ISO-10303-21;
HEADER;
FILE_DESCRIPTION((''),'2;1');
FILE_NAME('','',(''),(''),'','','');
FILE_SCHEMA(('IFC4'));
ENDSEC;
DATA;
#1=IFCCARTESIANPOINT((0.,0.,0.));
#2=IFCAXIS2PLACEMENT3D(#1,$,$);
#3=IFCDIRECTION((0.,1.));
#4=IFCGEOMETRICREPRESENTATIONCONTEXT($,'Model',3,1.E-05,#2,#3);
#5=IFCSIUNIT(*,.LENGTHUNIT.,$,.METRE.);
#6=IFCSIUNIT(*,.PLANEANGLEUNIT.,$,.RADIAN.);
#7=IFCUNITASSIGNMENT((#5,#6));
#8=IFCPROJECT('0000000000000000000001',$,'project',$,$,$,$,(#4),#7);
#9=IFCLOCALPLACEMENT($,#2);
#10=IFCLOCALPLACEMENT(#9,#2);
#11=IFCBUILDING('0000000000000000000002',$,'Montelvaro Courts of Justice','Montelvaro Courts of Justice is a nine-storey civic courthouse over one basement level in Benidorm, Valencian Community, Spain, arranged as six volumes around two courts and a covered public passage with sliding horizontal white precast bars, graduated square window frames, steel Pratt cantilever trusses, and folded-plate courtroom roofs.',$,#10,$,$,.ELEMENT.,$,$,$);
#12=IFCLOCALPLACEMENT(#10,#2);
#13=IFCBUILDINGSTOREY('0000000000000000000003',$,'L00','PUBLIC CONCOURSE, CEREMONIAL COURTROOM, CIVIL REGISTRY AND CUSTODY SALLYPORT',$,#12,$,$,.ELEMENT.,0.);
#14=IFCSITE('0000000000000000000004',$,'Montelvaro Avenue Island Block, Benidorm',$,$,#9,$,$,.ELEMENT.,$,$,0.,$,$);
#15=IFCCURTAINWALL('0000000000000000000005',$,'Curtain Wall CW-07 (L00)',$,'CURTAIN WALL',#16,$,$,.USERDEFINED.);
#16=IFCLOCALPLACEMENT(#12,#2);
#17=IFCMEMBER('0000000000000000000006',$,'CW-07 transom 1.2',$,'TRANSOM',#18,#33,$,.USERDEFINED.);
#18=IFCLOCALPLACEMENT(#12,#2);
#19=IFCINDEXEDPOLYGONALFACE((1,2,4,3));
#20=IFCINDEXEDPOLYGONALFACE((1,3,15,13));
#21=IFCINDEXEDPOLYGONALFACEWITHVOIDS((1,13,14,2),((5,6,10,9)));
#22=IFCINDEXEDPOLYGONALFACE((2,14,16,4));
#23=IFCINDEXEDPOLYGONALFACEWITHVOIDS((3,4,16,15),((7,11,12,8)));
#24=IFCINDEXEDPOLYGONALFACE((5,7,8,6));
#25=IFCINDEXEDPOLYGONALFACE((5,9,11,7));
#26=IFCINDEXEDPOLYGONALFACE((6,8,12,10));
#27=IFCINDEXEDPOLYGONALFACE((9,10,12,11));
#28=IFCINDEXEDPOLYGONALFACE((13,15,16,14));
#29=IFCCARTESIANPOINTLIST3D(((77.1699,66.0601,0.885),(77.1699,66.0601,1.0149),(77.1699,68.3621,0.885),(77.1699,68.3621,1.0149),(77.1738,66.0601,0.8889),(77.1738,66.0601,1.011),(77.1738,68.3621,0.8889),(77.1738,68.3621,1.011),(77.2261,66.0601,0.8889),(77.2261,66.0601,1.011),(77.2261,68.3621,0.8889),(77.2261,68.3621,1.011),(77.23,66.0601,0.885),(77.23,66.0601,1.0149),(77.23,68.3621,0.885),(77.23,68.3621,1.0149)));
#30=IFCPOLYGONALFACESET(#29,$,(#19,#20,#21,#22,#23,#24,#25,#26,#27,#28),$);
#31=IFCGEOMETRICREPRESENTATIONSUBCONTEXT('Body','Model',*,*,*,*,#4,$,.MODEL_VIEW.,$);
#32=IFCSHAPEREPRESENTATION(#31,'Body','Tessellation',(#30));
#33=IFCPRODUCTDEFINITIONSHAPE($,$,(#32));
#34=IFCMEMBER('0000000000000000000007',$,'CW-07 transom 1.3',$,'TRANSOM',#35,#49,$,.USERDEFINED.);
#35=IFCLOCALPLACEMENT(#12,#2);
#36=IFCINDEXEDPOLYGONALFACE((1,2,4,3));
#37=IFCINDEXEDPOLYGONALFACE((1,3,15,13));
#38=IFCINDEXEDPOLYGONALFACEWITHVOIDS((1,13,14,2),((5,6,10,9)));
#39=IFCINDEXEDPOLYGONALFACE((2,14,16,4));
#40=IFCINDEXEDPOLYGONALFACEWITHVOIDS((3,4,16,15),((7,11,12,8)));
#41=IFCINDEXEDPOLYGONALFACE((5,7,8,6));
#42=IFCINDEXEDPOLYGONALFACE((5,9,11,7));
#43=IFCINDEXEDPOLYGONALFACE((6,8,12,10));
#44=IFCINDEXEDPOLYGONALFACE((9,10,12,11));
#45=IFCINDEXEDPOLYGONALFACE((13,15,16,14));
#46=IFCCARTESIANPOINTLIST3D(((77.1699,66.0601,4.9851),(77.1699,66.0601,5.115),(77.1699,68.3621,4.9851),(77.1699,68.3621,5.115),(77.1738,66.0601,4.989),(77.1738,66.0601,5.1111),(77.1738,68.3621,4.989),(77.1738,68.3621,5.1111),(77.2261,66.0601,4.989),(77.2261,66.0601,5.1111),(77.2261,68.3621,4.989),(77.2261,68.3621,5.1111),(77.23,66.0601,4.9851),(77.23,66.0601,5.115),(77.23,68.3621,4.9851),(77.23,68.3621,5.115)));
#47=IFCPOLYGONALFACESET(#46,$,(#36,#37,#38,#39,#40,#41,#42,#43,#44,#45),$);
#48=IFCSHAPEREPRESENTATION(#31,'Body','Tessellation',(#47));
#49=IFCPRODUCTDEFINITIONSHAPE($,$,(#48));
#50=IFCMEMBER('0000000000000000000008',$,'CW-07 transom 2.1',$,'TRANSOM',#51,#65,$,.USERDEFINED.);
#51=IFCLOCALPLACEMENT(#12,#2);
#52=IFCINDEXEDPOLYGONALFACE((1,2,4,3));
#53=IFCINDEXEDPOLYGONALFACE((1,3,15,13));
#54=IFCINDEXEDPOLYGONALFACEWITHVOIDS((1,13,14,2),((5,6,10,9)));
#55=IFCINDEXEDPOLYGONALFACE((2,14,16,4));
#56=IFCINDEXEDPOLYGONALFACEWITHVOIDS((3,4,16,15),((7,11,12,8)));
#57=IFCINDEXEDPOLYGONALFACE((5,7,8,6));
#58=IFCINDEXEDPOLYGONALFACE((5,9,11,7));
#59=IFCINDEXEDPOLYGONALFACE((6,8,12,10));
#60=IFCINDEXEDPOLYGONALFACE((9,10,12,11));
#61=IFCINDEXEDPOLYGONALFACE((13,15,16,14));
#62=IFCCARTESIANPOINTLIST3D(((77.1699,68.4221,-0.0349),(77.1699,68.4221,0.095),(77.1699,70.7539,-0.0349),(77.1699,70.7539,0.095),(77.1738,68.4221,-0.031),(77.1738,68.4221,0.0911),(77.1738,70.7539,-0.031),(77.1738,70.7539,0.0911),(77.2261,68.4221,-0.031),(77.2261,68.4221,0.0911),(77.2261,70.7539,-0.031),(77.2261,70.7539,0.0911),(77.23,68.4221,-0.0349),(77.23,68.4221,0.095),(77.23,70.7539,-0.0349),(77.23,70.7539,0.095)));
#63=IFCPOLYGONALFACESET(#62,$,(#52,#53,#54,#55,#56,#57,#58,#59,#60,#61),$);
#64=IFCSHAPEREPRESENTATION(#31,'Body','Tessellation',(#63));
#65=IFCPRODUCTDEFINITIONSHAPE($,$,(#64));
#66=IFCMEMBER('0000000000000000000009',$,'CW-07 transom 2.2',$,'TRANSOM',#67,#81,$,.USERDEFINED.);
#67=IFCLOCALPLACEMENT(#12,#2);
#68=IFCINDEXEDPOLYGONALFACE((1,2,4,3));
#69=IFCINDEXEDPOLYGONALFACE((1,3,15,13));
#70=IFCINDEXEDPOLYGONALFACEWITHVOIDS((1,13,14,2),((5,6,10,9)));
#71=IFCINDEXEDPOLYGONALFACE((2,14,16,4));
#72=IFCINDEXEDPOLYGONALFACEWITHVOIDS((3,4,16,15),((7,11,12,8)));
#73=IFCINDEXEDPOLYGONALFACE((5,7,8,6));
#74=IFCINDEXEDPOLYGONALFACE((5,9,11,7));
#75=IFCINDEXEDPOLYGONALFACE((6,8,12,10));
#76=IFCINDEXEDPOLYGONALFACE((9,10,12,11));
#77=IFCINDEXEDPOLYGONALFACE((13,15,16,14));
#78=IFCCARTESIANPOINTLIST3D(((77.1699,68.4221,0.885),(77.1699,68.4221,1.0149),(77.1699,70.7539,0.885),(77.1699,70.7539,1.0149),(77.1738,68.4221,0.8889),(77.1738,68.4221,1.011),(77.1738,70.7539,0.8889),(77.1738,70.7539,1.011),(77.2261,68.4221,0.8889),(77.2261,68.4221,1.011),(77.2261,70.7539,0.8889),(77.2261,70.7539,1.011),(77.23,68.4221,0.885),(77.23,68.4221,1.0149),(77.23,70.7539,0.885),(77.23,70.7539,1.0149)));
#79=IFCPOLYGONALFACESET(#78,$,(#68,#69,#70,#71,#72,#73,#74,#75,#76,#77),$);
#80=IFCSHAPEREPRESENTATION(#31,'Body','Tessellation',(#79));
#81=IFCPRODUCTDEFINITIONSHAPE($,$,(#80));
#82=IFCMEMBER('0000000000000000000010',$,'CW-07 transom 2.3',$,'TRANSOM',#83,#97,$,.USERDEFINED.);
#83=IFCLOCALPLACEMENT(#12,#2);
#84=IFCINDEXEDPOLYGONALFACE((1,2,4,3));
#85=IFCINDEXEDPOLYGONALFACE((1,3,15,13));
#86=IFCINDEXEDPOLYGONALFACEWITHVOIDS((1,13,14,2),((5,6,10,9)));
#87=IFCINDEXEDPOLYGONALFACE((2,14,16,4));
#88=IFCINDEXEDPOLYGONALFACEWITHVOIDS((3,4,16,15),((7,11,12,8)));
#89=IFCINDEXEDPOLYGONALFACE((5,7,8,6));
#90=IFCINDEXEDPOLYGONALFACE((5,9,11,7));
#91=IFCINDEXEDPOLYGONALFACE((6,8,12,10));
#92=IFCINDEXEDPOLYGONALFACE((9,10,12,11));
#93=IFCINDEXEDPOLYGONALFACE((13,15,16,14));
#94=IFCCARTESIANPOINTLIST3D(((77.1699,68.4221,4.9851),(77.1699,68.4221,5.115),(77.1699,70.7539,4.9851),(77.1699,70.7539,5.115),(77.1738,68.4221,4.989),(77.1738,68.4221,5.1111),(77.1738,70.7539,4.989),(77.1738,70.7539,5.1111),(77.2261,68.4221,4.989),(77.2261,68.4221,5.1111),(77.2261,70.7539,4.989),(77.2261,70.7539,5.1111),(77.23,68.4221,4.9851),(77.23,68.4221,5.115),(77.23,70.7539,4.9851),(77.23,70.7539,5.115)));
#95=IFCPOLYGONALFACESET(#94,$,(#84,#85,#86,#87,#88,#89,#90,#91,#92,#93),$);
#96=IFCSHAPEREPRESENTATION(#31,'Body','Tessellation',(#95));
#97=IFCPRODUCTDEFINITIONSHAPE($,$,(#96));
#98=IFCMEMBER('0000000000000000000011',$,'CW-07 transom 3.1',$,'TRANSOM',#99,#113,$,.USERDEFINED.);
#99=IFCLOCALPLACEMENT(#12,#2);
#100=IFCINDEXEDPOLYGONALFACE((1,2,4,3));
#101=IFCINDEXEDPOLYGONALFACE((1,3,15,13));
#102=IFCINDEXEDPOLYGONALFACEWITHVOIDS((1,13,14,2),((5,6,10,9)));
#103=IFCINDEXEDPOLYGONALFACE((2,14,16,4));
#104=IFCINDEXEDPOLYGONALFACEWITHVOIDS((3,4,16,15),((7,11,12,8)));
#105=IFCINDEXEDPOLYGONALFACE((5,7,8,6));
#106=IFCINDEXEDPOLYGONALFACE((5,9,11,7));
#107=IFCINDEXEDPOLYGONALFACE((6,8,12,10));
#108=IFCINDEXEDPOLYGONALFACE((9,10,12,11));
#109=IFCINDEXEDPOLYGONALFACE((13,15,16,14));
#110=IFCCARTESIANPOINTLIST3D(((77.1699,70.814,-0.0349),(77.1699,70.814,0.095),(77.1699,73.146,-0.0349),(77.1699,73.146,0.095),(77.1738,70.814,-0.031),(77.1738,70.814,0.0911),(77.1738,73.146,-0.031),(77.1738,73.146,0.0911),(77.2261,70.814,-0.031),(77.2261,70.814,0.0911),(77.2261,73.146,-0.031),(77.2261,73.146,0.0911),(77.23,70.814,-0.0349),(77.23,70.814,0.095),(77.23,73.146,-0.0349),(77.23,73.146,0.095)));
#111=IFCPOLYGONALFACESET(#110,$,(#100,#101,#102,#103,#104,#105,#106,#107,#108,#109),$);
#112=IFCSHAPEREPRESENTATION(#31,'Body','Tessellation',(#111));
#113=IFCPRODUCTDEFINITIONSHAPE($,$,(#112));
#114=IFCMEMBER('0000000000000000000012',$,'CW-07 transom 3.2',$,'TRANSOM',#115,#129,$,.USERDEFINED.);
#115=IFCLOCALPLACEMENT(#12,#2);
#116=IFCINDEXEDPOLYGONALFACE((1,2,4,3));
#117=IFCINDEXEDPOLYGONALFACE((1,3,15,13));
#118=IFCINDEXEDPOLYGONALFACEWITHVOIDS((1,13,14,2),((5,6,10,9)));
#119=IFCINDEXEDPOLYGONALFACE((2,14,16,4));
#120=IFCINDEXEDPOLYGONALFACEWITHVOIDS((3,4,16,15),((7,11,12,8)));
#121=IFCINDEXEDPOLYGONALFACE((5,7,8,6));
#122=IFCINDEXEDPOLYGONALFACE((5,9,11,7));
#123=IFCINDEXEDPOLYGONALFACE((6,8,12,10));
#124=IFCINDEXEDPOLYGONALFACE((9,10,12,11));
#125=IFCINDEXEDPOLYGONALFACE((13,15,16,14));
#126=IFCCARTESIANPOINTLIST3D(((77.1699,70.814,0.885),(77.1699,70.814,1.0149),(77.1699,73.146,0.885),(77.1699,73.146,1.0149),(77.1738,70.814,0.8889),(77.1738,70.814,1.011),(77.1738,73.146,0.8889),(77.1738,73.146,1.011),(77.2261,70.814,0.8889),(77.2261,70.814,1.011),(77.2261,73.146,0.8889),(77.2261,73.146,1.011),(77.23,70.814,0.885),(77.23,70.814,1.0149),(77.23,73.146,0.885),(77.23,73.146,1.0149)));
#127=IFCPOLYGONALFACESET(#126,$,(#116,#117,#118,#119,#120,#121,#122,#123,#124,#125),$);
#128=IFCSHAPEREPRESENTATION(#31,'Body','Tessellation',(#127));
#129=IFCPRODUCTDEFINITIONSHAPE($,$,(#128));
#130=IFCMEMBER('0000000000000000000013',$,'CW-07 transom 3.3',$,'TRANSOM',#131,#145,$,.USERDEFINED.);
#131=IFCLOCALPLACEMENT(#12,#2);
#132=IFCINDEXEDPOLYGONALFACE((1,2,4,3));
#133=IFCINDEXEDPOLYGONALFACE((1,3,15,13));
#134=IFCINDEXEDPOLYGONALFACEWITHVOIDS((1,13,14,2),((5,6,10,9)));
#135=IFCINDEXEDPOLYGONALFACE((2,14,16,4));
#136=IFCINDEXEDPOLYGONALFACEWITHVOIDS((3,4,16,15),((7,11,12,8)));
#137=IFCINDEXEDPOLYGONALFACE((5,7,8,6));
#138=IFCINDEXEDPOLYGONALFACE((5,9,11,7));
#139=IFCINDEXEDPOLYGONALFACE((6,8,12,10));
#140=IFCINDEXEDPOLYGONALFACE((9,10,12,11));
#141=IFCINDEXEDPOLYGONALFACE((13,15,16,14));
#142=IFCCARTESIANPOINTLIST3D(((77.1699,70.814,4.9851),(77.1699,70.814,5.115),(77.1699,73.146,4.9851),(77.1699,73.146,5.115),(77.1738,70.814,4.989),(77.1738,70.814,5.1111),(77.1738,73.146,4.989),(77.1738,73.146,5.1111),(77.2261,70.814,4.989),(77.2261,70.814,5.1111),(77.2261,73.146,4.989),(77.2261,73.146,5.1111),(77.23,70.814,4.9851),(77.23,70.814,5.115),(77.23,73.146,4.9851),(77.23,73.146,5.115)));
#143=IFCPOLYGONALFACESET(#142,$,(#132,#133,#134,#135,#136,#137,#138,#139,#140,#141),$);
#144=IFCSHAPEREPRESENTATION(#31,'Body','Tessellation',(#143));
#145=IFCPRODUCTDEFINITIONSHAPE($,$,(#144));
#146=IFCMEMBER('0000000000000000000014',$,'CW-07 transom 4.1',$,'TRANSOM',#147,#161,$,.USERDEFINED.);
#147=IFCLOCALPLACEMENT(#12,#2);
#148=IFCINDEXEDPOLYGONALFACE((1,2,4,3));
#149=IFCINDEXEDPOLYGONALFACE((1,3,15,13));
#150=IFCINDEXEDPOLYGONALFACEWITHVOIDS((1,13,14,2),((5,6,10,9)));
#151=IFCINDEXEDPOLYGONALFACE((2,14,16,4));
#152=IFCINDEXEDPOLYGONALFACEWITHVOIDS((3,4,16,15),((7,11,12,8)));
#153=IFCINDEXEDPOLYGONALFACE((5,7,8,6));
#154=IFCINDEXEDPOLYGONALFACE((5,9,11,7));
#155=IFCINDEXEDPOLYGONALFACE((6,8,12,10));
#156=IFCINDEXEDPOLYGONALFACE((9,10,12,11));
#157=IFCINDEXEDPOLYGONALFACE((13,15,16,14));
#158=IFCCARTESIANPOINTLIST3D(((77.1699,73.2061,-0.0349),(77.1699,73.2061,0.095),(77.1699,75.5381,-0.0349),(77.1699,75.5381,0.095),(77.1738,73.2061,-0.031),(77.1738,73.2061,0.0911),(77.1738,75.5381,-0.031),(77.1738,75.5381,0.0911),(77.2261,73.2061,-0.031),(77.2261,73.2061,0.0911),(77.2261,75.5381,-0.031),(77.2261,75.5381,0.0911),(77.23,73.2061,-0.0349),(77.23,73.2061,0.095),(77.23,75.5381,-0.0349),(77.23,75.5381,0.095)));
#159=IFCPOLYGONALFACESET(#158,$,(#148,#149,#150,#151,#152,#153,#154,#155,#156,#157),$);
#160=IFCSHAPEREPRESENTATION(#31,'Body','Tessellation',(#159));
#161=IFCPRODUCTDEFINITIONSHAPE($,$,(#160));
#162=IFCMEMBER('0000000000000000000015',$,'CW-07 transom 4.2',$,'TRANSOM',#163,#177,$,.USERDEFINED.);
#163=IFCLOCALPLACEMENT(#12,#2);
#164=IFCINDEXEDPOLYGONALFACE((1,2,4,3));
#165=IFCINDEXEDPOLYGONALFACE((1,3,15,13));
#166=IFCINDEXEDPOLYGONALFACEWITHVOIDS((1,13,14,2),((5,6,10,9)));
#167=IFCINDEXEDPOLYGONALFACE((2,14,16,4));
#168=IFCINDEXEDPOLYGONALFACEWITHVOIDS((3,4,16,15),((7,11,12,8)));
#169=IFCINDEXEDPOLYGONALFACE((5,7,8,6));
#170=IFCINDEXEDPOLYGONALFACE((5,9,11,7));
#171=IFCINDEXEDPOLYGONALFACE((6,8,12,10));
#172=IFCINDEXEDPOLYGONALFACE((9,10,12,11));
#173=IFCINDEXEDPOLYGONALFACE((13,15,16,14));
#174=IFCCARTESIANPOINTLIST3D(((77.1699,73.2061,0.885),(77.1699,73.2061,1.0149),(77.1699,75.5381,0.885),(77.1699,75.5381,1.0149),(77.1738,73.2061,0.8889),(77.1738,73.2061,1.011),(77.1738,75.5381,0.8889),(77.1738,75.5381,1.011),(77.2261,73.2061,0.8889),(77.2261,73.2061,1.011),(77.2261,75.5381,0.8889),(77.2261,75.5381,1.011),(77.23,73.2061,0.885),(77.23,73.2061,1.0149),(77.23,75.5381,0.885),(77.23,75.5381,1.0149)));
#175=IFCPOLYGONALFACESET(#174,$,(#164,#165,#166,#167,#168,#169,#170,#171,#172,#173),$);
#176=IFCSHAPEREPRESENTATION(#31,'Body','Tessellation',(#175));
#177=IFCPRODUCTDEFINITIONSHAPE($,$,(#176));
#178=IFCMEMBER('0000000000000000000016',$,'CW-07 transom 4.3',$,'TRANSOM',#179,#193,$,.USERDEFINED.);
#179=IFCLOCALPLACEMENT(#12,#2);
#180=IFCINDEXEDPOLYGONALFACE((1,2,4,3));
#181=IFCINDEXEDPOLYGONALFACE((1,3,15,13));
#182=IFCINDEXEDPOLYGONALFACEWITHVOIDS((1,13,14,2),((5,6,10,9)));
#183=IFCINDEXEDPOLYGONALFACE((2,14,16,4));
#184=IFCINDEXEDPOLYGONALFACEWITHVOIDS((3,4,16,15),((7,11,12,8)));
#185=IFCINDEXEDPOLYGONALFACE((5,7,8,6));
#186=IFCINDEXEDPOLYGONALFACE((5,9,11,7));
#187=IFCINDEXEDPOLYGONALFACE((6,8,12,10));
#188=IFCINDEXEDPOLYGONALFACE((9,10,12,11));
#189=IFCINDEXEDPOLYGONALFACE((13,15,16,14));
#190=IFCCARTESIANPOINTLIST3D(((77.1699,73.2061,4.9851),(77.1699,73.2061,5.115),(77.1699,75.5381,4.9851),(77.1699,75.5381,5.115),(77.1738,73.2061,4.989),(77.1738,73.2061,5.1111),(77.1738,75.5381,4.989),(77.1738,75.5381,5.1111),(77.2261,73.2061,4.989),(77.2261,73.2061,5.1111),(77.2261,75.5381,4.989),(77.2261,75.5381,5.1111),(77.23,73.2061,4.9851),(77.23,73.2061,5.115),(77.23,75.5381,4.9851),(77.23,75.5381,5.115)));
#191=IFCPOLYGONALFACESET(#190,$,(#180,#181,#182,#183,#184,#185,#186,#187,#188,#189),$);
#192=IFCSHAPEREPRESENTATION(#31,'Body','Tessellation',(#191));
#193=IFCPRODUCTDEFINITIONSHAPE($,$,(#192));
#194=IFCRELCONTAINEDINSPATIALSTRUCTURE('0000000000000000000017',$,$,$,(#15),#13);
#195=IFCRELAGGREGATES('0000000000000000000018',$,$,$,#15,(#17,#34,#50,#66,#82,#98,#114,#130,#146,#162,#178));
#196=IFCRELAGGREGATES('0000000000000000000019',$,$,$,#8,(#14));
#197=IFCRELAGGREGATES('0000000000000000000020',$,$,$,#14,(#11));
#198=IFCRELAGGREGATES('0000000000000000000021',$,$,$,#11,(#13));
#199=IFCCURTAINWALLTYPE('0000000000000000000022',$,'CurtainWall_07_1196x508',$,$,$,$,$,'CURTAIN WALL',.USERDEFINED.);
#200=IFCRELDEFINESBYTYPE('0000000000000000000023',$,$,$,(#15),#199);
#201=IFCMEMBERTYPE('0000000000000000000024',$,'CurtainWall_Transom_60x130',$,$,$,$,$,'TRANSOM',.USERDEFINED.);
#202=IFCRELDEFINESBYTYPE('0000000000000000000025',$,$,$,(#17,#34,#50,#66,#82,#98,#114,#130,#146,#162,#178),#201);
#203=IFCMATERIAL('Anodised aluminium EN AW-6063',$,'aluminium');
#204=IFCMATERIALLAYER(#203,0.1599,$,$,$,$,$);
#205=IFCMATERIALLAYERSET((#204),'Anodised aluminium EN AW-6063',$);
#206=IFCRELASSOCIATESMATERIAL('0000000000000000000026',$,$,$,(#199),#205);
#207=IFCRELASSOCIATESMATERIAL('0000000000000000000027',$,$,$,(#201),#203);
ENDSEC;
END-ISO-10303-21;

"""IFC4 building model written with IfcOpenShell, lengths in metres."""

from ifc_helpers import new_model, si_unit, direction, frame, origin, origin_2d, place, context, subcontext, project, spatial, hollow_rectangle, extrude, material, layer, layer_set, material_profile, profile_set, type_object, element, aggregate, save


model = new_model("IFC4")

# Units and contexts
model_context = context("Model", 3, precision=1e-05, world=origin(), true_north=direction((0.0, 1.0)))
body_context = subcontext(model_context, "Body", "Model", "MODEL_VIEW")
ifc_project = project(units=[si_unit("LENGTHUNIT", "METRE"), si_unit("PLANEANGLEUNIT", "RADIAN")], contexts=[model_context])

# Site, building, storey
site_placement = place(None, origin())
site = spatial("IfcSite", under=ifc_project, at=site_placement, Name="Montelvaro Avenue Island Block, Benidorm", CompositionType="ELEMENT", RefElevation=0.0)
building_placement = place(site_placement, origin())
building = spatial("IfcBuilding", under=site, at=building_placement, Name="Montelvaro Courts of Justice", Description="Montelvaro Courts of Justice is a nine-storey civic courthouse over one basement level in Benidorm, Valencian Community, Spain, arranged as six volumes around two courts and a covered public passage with sliding horizontal white precast bars, graduated square window frames, steel Pratt cantilever trusses, and folded-plate courtroom roofs.", CompositionType="ELEMENT")
storey_placement = place(building_placement, origin())
storey = spatial("IfcBuildingStorey", under=building, at=storey_placement, Name="L00", Description="PUBLIC CONCOURSE, CEREMONIAL COURTROOM, CIVIL REGISTRY AND CUSTODY SALLYPORT", CompositionType="ELEMENT", Elevation=0.0)

# Shared definitions
ifc_material_1 = material(Name="Anodised aluminium EN AW-6063", Category="aluminium")

# Curtain wall
ifc_layer_1 = layer(ifc_material_1, 0.1599)
ifc_layer_set_1 = layer_set([ifc_layer_1], Name="Anodised aluminium EN AW-6063")
curtain_wall_type_1 = type_object("IfcCurtainWallType", Name="CurtainWall_07_1196x508", ElementType="CURTAIN WALL", PredefinedType="USERDEFINED", material=ifc_layer_set_1)
curtain_wall_1_placement = place(storey_placement, origin())
curtain_wall_1 = element("IfcCurtainWall", 1, at=curtain_wall_1_placement, inside=storey, type_object=curtain_wall_type_1, Name="Curtain Wall CW-07 (L00)", ObjectType="CURTAIN WALL", PredefinedType="USERDEFINED")

# Members
ifc_material_profile_1 = material_profile(ifc_material_1, hollow_rectangle(XDim=0.0601, YDim=0.1299, WallThickness=0.0039, at=origin_2d()), Name="ALU-T 60x130")
ifc_profile_set_1 = profile_set([ifc_material_profile_1], Name="Anodised aluminium EN AW-6063")
member_type_1 = type_object("IfcMemberType", Name="CurtainWall_Transom_60x130", ElementType="TRANSOM", PredefinedType="USERDEFINED", material=ifc_profile_set_1)
member_1_placement = place(storey_placement, frame((77.2, 66.0601, 0.95), z_axis=(0.0, 1.0, 0.0), x_axis=(-1.0, 0.0, 0.0)))
member_1 = element("IfcMember", 2, at=member_1_placement, type_object=member_type_1, Name="CW-07 transom 1.2", ObjectType="TRANSOM", PredefinedType="USERDEFINED", context=body_context, shape_type="SweptSolid", body=[
    extrude(hollow_rectangle(XDim=0.0601, YDim=0.1299, WallThickness=0.0039, at=origin_2d()), origin(), (0.0, 0.0, 1.0), 2.302),
])
member_2_placement = place(storey_placement, frame((77.2, 66.0601, 5.05), z_axis=(0.0, 1.0, 0.0), x_axis=(-1.0, 0.0, 0.0)))
member_2 = element("IfcMember", 3, at=member_2_placement, type_object=member_type_1, Name="CW-07 transom 1.3", ObjectType="TRANSOM", PredefinedType="USERDEFINED", context=body_context, shape_type="SweptSolid", body=[
    extrude(hollow_rectangle(XDim=0.0601, YDim=0.1299, WallThickness=0.0039, at=origin_2d()), origin(), (0.0, 0.0, 1.0), 2.302),
])
member_3_placement = place(storey_placement, frame((77.2, 68.4221, 0.03), z_axis=(0.0, 1.0, 0.0), x_axis=(-1.0, 0.0, 0.0)))
member_3 = element("IfcMember", 4, at=member_3_placement, type_object=member_type_1, Name="CW-07 transom 2.1", ObjectType="TRANSOM", PredefinedType="USERDEFINED", context=body_context, shape_type="SweptSolid", body=[
    extrude(hollow_rectangle(XDim=0.0601, YDim=0.1299, WallThickness=0.0039, at=origin_2d()), origin(), (0.0, 0.0, 1.0), 2.3318),
])
member_4_placement = place(storey_placement, frame((77.2, 68.4221, 0.95), z_axis=(0.0, 1.0, 0.0), x_axis=(-1.0, 0.0, 0.0)))
member_4 = element("IfcMember", 5, at=member_4_placement, type_object=member_type_1, Name="CW-07 transom 2.2", ObjectType="TRANSOM", PredefinedType="USERDEFINED", context=body_context, shape_type="SweptSolid", body=[
    extrude(hollow_rectangle(XDim=0.0601, YDim=0.1299, WallThickness=0.0039, at=origin_2d()), origin(), (0.0, 0.0, 1.0), 2.3318),
])
member_5_placement = place(storey_placement, frame((77.2, 68.4221, 5.05), z_axis=(0.0, 1.0, 0.0), x_axis=(-1.0, 0.0, 0.0)))
member_5 = element("IfcMember", 6, at=member_5_placement, type_object=member_type_1, Name="CW-07 transom 2.3", ObjectType="TRANSOM", PredefinedType="USERDEFINED", context=body_context, shape_type="SweptSolid", body=[
    extrude(hollow_rectangle(XDim=0.0601, YDim=0.1299, WallThickness=0.0039, at=origin_2d()), origin(), (0.0, 0.0, 1.0), 2.3318),
])
member_6_placement = place(storey_placement, frame((77.2, 70.814, 0.03), z_axis=(0.0, 1.0, 0.0), x_axis=(-1.0, 0.0, 0.0)))
member_6 = element("IfcMember", 7, at=member_6_placement, type_object=member_type_1, Name="CW-07 transom 3.1", ObjectType="TRANSOM", PredefinedType="USERDEFINED", context=body_context, shape_type="SweptSolid", body=[
    extrude(hollow_rectangle(XDim=0.0601, YDim=0.1299, WallThickness=0.0039, at=origin_2d()), origin(), (0.0, 0.0, 1.0), 2.332),
])
member_7_placement = place(storey_placement, frame((77.2, 70.814, 0.95), z_axis=(0.0, 1.0, 0.0), x_axis=(-1.0, 0.0, 0.0)))
member_7 = element("IfcMember", 8, at=member_7_placement, type_object=member_type_1, Name="CW-07 transom 3.2", ObjectType="TRANSOM", PredefinedType="USERDEFINED", context=body_context, shape_type="SweptSolid", body=[
    extrude(hollow_rectangle(XDim=0.0601, YDim=0.1299, WallThickness=0.0039, at=origin_2d()), origin(), (0.0, 0.0, 1.0), 2.332),
])
member_8_placement = place(storey_placement, frame((77.2, 70.814, 5.05), z_axis=(0.0, 1.0, 0.0), x_axis=(-1.0, 0.0, 0.0)))
member_8 = element("IfcMember", 9, at=member_8_placement, type_object=member_type_1, Name="CW-07 transom 3.3", ObjectType="TRANSOM", PredefinedType="USERDEFINED", context=body_context, shape_type="SweptSolid", body=[
    extrude(hollow_rectangle(XDim=0.0601, YDim=0.1299, WallThickness=0.0039, at=origin_2d()), origin(), (0.0, 0.0, 1.0), 2.332),
])
member_9_placement = place(storey_placement, frame((77.2, 73.2061, 0.03), z_axis=(0.0, 1.0, 0.0), x_axis=(-1.0, 0.0, 0.0)))
member_9 = element("IfcMember", 10, at=member_9_placement, type_object=member_type_1, Name="CW-07 transom 4.1", ObjectType="TRANSOM", PredefinedType="USERDEFINED", context=body_context, shape_type="SweptSolid", body=[
    extrude(hollow_rectangle(XDim=0.0601, YDim=0.1299, WallThickness=0.0039, at=origin_2d()), origin(), (0.0, 0.0, 1.0), 2.332),
])
member_10_placement = place(storey_placement, frame((77.2, 73.2061, 0.95), z_axis=(0.0, 1.0, 0.0), x_axis=(-1.0, 0.0, 0.0)))
member_10 = element("IfcMember", 11, at=member_10_placement, type_object=member_type_1, Name="CW-07 transom 4.2", ObjectType="TRANSOM", PredefinedType="USERDEFINED", context=body_context, shape_type="SweptSolid", body=[
    extrude(hollow_rectangle(XDim=0.0601, YDim=0.1299, WallThickness=0.0039, at=origin_2d()), origin(), (0.0, 0.0, 1.0), 2.332),
])
member_11_placement = place(storey_placement, frame((77.2, 73.2061, 5.05), z_axis=(0.0, 1.0, 0.0), x_axis=(-1.0, 0.0, 0.0)))
member_11 = element("IfcMember", 12, at=member_11_placement, type_object=member_type_1, Name="CW-07 transom 4.3", ObjectType="TRANSOM", PredefinedType="USERDEFINED", context=body_context, shape_type="SweptSolid", body=[
    extrude(hollow_rectangle(XDim=0.0601, YDim=0.1299, WallThickness=0.0039, at=origin_2d()), origin(), (0.0, 0.0, 1.0), 2.332),
])

aggregate(curtain_wall_1, [member_1, member_2, member_3, member_4, member_5, member_6, member_7, member_8, member_9, member_10, member_11])

save(model, "model.ifc")
